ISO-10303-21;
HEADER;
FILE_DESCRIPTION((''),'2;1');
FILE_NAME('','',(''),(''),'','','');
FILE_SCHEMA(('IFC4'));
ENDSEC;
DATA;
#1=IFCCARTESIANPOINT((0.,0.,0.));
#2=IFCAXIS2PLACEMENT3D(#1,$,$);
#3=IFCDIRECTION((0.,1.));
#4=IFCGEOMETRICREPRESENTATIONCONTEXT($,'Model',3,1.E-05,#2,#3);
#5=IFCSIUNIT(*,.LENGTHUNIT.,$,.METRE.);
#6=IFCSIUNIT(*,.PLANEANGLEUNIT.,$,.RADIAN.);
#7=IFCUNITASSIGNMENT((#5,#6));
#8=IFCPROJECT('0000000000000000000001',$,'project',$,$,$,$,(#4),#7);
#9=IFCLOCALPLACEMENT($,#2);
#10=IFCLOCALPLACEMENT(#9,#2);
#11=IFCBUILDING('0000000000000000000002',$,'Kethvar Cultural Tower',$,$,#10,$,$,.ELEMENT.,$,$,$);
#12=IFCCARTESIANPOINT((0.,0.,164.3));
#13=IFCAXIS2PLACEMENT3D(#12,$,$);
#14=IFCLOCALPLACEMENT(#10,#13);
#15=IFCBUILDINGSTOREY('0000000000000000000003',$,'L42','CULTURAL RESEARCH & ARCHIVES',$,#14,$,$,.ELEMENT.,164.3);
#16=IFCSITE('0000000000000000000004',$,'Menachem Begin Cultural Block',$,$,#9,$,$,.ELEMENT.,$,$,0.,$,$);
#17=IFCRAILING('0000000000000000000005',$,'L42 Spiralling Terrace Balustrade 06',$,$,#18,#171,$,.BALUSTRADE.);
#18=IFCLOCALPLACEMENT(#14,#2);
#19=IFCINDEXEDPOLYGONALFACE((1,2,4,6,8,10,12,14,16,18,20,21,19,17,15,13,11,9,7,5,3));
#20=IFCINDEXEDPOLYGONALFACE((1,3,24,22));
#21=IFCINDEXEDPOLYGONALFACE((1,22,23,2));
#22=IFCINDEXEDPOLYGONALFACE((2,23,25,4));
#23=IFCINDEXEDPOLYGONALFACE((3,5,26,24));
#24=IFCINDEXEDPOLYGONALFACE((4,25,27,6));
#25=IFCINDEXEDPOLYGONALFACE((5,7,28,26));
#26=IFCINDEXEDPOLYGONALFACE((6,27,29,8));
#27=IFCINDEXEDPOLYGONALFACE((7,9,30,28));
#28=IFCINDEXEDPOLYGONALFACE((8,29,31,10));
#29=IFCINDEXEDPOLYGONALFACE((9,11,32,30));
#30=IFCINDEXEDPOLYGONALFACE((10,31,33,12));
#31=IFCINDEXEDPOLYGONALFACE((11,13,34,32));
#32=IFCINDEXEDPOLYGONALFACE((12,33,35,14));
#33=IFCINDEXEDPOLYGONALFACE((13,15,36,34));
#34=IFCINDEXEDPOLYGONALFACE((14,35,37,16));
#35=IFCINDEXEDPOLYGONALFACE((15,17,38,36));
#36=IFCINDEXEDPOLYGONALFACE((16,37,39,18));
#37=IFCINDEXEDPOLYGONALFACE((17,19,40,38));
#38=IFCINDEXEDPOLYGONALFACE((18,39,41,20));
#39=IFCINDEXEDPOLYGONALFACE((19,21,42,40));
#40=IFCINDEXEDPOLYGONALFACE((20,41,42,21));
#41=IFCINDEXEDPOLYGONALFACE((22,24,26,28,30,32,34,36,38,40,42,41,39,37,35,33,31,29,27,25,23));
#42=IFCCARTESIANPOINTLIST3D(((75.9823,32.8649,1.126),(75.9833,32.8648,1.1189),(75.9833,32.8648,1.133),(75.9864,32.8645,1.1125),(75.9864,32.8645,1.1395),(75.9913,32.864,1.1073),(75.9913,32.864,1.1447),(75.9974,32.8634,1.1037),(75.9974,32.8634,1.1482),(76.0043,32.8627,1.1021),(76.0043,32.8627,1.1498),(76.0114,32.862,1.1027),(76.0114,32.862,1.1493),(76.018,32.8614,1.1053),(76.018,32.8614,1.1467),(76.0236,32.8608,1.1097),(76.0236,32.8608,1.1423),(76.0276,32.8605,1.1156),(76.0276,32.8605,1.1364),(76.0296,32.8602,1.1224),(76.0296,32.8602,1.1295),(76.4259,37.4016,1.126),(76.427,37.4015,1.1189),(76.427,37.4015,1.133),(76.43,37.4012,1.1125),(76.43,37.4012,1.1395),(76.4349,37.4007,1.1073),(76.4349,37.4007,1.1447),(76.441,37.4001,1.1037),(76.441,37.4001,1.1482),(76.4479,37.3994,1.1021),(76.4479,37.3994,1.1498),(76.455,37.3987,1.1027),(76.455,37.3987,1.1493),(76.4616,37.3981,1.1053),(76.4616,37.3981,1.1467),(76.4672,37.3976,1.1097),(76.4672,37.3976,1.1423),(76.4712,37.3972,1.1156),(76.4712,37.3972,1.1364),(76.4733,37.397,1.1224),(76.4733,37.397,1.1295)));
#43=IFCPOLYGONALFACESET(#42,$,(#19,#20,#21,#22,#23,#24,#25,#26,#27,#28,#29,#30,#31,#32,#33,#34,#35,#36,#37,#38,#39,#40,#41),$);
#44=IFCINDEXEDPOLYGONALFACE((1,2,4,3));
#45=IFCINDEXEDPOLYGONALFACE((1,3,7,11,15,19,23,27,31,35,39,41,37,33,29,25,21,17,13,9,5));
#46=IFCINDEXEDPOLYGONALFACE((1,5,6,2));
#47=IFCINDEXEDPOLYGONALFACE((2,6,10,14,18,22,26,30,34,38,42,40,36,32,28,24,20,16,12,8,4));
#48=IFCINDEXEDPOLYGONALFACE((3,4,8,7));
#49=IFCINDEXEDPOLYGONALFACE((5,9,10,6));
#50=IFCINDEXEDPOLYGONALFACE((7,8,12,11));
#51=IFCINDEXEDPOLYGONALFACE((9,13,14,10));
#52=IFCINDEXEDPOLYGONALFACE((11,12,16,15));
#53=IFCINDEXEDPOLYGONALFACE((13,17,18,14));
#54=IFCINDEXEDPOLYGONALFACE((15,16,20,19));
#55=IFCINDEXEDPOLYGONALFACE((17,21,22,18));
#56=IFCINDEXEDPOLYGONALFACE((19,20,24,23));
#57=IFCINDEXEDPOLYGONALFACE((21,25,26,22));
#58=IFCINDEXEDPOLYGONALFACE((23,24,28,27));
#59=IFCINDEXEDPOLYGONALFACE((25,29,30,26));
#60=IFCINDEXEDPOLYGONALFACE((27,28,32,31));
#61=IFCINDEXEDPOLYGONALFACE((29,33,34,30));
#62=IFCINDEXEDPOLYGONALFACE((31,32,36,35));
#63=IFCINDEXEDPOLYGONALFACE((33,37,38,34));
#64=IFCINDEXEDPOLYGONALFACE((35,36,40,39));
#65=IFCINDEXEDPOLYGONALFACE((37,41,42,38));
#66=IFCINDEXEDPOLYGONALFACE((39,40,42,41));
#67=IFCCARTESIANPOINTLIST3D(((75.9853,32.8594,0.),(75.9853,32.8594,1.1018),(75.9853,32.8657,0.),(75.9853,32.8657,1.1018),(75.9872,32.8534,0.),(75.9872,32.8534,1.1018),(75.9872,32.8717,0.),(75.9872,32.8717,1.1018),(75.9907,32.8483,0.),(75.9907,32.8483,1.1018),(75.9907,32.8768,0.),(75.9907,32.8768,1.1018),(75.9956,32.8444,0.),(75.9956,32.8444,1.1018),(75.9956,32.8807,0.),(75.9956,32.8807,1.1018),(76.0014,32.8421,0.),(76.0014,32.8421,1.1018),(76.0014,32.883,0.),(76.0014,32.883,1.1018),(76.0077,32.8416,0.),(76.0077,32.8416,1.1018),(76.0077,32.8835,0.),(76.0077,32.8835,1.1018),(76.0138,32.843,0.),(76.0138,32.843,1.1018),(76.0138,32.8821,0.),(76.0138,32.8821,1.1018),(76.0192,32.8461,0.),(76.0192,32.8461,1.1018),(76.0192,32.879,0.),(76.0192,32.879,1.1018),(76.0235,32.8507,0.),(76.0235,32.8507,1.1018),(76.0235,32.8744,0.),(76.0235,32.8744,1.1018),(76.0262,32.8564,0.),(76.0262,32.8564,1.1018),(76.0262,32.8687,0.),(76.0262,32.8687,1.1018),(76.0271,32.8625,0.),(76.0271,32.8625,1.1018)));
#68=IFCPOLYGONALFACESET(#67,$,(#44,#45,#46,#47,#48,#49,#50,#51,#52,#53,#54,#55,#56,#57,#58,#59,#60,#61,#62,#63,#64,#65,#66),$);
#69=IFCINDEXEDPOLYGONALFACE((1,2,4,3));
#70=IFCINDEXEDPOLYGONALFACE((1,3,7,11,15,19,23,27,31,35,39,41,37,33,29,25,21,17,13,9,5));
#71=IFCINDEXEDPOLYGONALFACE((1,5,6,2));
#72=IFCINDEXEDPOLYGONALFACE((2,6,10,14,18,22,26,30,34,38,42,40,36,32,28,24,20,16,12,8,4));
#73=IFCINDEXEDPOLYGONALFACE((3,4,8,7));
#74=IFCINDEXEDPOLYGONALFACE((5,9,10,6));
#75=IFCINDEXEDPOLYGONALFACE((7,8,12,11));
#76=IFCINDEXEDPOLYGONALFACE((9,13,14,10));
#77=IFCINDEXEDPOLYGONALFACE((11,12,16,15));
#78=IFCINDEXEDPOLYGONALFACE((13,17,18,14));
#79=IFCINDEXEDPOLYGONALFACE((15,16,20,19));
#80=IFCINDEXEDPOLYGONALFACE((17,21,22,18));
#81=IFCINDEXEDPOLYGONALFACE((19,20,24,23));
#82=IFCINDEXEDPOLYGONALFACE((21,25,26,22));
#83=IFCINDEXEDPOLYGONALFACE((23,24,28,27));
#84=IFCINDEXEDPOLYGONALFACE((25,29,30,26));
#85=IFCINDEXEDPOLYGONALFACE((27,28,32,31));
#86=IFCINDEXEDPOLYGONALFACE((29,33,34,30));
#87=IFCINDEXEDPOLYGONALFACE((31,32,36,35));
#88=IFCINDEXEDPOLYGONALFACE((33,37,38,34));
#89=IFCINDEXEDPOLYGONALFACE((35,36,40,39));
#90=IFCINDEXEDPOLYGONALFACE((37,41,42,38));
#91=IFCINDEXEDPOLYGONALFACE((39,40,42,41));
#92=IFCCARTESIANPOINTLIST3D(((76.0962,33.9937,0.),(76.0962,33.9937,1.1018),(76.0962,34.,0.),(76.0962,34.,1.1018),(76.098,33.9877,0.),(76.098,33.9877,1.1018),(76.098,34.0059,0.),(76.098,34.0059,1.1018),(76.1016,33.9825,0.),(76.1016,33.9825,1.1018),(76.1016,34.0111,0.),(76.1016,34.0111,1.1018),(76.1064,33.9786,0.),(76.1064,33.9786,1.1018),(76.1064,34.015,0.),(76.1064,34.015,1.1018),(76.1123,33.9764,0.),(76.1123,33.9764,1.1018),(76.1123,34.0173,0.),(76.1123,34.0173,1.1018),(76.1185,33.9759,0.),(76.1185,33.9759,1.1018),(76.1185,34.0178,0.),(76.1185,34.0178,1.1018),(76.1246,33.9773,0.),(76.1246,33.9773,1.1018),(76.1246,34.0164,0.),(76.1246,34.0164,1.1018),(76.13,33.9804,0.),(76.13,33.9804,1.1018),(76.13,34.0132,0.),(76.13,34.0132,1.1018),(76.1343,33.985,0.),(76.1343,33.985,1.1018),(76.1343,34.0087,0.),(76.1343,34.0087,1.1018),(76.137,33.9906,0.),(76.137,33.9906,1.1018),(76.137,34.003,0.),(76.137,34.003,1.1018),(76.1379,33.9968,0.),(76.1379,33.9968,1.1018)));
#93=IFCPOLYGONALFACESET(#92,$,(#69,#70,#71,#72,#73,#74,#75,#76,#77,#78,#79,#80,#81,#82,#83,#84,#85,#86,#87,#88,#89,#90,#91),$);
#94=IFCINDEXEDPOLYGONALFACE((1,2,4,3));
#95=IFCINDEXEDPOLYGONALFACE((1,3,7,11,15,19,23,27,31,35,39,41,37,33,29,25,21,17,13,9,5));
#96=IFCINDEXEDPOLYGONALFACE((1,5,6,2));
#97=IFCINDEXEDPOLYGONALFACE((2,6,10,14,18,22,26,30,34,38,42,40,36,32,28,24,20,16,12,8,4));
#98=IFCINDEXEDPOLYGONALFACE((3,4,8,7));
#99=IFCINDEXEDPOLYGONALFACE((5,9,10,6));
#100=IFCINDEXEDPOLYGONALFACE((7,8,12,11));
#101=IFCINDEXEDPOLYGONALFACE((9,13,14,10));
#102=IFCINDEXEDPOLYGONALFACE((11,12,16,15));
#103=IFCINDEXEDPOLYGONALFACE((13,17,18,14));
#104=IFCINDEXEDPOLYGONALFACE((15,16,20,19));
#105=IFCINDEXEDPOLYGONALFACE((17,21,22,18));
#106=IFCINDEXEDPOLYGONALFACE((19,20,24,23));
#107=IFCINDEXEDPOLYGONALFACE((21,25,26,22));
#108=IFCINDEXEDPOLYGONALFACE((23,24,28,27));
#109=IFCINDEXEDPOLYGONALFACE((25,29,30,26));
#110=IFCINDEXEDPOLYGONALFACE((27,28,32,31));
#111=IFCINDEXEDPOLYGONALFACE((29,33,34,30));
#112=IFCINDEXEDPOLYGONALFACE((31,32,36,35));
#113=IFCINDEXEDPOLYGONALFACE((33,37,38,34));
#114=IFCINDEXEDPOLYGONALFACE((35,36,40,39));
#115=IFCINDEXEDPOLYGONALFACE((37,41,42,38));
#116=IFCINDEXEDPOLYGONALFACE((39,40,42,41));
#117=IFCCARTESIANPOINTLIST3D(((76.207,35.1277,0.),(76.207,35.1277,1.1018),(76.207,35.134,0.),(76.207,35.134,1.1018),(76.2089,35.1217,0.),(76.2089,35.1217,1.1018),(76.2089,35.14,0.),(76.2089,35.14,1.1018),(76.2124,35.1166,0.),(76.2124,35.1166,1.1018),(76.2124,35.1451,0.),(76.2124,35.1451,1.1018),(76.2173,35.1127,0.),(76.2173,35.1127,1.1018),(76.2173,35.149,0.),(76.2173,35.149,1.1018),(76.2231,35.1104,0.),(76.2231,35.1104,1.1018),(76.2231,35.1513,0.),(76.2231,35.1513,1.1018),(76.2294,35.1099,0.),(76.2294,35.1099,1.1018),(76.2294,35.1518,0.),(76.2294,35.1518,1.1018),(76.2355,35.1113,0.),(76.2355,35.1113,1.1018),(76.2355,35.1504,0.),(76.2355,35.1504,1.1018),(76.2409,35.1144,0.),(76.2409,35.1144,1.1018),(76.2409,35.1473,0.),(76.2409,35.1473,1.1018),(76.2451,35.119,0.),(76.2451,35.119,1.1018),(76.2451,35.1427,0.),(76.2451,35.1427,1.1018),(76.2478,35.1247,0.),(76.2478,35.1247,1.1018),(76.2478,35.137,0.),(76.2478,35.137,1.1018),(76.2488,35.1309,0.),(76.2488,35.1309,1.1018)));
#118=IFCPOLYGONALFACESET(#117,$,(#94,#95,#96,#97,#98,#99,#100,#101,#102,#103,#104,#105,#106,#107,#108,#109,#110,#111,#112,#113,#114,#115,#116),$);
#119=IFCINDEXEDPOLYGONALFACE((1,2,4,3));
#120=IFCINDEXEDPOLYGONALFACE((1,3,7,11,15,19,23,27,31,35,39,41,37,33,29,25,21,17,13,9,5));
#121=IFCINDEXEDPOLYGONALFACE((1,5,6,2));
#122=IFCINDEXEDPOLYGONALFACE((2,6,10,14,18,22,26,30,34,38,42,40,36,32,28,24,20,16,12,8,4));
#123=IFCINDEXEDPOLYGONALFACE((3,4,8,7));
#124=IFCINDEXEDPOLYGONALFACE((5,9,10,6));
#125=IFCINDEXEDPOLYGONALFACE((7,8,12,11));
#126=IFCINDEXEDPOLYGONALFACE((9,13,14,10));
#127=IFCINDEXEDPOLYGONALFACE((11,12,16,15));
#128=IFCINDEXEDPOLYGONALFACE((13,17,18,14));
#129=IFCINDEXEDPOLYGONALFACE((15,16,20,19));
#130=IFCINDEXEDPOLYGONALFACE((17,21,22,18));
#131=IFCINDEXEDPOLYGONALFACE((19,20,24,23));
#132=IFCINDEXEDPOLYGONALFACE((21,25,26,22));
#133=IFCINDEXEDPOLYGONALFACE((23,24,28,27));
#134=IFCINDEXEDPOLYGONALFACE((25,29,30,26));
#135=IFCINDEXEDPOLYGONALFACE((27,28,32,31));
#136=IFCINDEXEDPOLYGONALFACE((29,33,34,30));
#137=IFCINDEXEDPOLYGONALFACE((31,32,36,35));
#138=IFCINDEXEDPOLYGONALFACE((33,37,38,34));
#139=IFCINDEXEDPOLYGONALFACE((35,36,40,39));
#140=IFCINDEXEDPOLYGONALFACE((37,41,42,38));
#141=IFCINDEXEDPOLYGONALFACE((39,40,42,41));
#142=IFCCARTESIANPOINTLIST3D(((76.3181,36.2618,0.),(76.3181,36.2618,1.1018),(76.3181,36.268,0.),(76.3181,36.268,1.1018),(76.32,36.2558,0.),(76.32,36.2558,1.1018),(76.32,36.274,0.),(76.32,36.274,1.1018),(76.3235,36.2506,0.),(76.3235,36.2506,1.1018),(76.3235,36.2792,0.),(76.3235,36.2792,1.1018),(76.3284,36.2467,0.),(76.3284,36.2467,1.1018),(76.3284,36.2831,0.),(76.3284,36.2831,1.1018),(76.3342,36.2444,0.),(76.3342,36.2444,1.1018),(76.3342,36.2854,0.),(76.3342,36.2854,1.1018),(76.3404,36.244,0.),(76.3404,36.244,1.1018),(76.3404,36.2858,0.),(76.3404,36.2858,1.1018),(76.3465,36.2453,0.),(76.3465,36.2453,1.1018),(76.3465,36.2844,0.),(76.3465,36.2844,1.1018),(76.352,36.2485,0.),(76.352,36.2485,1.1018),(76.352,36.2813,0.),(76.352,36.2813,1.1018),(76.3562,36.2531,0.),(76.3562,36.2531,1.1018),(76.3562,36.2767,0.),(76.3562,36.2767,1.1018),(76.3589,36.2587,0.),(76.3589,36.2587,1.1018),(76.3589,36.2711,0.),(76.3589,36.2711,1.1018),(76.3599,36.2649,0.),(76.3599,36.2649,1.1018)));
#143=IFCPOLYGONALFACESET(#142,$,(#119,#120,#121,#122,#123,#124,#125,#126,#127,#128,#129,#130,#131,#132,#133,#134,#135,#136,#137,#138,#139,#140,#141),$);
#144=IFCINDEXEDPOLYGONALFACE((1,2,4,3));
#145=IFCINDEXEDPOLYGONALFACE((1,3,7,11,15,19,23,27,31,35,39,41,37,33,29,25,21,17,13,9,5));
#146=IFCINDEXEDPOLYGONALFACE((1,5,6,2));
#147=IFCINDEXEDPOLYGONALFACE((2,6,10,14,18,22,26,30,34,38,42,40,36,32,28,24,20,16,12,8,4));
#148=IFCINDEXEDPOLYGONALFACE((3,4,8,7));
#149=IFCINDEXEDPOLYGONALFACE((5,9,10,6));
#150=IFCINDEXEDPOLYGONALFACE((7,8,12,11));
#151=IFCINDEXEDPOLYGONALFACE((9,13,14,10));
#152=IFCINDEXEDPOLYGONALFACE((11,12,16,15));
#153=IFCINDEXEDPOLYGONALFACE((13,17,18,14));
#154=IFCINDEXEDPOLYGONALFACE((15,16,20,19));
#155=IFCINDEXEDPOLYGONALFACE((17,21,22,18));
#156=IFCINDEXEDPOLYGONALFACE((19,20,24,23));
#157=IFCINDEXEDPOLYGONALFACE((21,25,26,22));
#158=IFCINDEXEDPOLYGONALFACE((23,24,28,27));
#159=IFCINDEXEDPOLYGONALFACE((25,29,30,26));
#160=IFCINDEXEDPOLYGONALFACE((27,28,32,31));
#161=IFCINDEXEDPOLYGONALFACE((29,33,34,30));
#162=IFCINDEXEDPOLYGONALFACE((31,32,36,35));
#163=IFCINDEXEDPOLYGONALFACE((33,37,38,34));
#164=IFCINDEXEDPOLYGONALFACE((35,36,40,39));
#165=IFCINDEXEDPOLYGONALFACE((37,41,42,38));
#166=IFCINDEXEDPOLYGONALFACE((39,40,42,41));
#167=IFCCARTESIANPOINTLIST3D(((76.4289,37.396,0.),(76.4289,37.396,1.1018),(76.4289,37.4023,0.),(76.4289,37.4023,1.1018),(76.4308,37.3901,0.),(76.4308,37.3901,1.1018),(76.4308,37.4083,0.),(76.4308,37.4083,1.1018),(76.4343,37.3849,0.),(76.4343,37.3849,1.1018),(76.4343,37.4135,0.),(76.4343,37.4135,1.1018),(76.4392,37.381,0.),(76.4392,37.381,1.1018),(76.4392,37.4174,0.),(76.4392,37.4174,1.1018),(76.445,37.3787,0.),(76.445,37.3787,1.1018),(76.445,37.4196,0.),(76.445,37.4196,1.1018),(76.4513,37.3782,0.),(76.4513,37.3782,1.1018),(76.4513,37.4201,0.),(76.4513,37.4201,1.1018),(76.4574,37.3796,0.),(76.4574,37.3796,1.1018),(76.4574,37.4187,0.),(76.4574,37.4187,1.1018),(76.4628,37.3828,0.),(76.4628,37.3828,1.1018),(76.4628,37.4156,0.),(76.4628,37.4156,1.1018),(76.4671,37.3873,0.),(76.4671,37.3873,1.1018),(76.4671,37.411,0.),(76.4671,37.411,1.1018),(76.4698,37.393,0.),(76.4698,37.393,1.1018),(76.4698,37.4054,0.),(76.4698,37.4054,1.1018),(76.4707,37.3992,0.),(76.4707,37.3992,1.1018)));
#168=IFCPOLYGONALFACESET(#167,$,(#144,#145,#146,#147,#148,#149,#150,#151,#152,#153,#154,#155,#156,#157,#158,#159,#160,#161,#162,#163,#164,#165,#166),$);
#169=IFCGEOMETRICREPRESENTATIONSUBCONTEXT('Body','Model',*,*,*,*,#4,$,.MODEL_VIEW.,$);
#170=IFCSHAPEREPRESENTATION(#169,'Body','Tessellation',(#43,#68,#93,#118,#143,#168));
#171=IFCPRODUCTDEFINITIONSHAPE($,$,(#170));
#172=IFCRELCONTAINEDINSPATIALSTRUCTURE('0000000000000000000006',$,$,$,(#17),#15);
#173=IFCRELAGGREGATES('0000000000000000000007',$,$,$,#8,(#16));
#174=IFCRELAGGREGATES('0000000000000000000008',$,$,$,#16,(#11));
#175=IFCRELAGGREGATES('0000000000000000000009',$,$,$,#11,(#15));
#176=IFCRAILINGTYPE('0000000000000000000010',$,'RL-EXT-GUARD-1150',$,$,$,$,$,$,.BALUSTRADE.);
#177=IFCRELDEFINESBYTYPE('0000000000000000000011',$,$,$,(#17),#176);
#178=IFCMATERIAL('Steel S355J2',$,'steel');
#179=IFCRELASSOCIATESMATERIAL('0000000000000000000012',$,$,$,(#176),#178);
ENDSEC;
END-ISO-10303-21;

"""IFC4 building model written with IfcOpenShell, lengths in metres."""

from ifc_helpers import new_model, si_unit, direction, frame, origin, origin_2d, place, context, subcontext, project, spatial, circle, extrude, material, type_object, element, save


model = new_model("IFC4")

# Units and contexts
model_context = context("Model", 3, precision=1e-05, world=origin(), true_north=direction((0.0, 1.0)))
body_context = subcontext(model_context, "Body", "Model", "MODEL_VIEW")
ifc_project = project(units=[si_unit("LENGTHUNIT", "METRE"), si_unit("PLANEANGLEUNIT", "RADIAN")], contexts=[model_context])

# Site, building, storey
site_placement = place(None, origin())
site = spatial("IfcSite", under=ifc_project, at=site_placement, Name="Menachem Begin Cultural Block", CompositionType="ELEMENT", RefElevation=0.0)
building_placement = place(site_placement, origin())
building = spatial("IfcBuilding", under=site, at=building_placement, Name="Kethvar Cultural Tower", CompositionType="ELEMENT")
storey_placement = place(building_placement, frame((0.0, 0.0, 164.3)))
storey = spatial("IfcBuildingStorey", under=building, at=storey_placement, Name="L42", Description="CULTURAL RESEARCH & ARCHIVES", CompositionType="ELEMENT", Elevation=164.3)

# Shared definitions
ifc_material_1 = material(Name="Steel S355J2", Category="steel")

# Railing
railing_type = type_object("IfcRailingType", Name="RL-EXT-GUARD-1150", PredefinedType="BALUSTRADE", material=ifc_material_1)
railing_1_placement = place(storey_placement, frame((76.0061, 32.8625, 0.0)))
element("IfcRailing", 1, at=railing_1_placement, inside=storey, type_object=railing_type, Name="L42 Spiralling Terrace Balustrade 06", PredefinedType="BALUSTRADE", context=body_context, shape_type="SweptSolid", body=[
    extrude(circle(Radius=0.0239, at=origin_2d()), frame((0.0, 0.0, 1.126), z_axis=(0.097319, 0.995253, 0.0), x_axis=(-0.995253, 0.097319, 0.0)), (0.0, 0.0, 1.0), 4.5583),
    extrude(circle(Radius=0.021, at=origin_2d()), origin(), (0.0, 0.0, 1.0), 1.1018),
    extrude(circle(Radius=0.021, at=origin_2d()), frame((0.1108, 1.1343, 0.0)), (0.0, 0.0, 1.0), 1.1018),
    extrude(circle(Radius=0.021, at=origin_2d()), frame((0.2217, 2.2683, 0.0)), (0.0, 0.0, 1.0), 1.1018),
    extrude(circle(Radius=0.021, at=origin_2d()), frame((0.3328, 3.4023, 0.0)), (0.0, 0.0, 1.0), 1.1018),
    extrude(circle(Radius=0.021, at=origin_2d()), frame((0.4436, 4.5366, 0.0)), (0.0, 0.0, 1.0), 1.1018),
])

save(model, "model.ifc")
